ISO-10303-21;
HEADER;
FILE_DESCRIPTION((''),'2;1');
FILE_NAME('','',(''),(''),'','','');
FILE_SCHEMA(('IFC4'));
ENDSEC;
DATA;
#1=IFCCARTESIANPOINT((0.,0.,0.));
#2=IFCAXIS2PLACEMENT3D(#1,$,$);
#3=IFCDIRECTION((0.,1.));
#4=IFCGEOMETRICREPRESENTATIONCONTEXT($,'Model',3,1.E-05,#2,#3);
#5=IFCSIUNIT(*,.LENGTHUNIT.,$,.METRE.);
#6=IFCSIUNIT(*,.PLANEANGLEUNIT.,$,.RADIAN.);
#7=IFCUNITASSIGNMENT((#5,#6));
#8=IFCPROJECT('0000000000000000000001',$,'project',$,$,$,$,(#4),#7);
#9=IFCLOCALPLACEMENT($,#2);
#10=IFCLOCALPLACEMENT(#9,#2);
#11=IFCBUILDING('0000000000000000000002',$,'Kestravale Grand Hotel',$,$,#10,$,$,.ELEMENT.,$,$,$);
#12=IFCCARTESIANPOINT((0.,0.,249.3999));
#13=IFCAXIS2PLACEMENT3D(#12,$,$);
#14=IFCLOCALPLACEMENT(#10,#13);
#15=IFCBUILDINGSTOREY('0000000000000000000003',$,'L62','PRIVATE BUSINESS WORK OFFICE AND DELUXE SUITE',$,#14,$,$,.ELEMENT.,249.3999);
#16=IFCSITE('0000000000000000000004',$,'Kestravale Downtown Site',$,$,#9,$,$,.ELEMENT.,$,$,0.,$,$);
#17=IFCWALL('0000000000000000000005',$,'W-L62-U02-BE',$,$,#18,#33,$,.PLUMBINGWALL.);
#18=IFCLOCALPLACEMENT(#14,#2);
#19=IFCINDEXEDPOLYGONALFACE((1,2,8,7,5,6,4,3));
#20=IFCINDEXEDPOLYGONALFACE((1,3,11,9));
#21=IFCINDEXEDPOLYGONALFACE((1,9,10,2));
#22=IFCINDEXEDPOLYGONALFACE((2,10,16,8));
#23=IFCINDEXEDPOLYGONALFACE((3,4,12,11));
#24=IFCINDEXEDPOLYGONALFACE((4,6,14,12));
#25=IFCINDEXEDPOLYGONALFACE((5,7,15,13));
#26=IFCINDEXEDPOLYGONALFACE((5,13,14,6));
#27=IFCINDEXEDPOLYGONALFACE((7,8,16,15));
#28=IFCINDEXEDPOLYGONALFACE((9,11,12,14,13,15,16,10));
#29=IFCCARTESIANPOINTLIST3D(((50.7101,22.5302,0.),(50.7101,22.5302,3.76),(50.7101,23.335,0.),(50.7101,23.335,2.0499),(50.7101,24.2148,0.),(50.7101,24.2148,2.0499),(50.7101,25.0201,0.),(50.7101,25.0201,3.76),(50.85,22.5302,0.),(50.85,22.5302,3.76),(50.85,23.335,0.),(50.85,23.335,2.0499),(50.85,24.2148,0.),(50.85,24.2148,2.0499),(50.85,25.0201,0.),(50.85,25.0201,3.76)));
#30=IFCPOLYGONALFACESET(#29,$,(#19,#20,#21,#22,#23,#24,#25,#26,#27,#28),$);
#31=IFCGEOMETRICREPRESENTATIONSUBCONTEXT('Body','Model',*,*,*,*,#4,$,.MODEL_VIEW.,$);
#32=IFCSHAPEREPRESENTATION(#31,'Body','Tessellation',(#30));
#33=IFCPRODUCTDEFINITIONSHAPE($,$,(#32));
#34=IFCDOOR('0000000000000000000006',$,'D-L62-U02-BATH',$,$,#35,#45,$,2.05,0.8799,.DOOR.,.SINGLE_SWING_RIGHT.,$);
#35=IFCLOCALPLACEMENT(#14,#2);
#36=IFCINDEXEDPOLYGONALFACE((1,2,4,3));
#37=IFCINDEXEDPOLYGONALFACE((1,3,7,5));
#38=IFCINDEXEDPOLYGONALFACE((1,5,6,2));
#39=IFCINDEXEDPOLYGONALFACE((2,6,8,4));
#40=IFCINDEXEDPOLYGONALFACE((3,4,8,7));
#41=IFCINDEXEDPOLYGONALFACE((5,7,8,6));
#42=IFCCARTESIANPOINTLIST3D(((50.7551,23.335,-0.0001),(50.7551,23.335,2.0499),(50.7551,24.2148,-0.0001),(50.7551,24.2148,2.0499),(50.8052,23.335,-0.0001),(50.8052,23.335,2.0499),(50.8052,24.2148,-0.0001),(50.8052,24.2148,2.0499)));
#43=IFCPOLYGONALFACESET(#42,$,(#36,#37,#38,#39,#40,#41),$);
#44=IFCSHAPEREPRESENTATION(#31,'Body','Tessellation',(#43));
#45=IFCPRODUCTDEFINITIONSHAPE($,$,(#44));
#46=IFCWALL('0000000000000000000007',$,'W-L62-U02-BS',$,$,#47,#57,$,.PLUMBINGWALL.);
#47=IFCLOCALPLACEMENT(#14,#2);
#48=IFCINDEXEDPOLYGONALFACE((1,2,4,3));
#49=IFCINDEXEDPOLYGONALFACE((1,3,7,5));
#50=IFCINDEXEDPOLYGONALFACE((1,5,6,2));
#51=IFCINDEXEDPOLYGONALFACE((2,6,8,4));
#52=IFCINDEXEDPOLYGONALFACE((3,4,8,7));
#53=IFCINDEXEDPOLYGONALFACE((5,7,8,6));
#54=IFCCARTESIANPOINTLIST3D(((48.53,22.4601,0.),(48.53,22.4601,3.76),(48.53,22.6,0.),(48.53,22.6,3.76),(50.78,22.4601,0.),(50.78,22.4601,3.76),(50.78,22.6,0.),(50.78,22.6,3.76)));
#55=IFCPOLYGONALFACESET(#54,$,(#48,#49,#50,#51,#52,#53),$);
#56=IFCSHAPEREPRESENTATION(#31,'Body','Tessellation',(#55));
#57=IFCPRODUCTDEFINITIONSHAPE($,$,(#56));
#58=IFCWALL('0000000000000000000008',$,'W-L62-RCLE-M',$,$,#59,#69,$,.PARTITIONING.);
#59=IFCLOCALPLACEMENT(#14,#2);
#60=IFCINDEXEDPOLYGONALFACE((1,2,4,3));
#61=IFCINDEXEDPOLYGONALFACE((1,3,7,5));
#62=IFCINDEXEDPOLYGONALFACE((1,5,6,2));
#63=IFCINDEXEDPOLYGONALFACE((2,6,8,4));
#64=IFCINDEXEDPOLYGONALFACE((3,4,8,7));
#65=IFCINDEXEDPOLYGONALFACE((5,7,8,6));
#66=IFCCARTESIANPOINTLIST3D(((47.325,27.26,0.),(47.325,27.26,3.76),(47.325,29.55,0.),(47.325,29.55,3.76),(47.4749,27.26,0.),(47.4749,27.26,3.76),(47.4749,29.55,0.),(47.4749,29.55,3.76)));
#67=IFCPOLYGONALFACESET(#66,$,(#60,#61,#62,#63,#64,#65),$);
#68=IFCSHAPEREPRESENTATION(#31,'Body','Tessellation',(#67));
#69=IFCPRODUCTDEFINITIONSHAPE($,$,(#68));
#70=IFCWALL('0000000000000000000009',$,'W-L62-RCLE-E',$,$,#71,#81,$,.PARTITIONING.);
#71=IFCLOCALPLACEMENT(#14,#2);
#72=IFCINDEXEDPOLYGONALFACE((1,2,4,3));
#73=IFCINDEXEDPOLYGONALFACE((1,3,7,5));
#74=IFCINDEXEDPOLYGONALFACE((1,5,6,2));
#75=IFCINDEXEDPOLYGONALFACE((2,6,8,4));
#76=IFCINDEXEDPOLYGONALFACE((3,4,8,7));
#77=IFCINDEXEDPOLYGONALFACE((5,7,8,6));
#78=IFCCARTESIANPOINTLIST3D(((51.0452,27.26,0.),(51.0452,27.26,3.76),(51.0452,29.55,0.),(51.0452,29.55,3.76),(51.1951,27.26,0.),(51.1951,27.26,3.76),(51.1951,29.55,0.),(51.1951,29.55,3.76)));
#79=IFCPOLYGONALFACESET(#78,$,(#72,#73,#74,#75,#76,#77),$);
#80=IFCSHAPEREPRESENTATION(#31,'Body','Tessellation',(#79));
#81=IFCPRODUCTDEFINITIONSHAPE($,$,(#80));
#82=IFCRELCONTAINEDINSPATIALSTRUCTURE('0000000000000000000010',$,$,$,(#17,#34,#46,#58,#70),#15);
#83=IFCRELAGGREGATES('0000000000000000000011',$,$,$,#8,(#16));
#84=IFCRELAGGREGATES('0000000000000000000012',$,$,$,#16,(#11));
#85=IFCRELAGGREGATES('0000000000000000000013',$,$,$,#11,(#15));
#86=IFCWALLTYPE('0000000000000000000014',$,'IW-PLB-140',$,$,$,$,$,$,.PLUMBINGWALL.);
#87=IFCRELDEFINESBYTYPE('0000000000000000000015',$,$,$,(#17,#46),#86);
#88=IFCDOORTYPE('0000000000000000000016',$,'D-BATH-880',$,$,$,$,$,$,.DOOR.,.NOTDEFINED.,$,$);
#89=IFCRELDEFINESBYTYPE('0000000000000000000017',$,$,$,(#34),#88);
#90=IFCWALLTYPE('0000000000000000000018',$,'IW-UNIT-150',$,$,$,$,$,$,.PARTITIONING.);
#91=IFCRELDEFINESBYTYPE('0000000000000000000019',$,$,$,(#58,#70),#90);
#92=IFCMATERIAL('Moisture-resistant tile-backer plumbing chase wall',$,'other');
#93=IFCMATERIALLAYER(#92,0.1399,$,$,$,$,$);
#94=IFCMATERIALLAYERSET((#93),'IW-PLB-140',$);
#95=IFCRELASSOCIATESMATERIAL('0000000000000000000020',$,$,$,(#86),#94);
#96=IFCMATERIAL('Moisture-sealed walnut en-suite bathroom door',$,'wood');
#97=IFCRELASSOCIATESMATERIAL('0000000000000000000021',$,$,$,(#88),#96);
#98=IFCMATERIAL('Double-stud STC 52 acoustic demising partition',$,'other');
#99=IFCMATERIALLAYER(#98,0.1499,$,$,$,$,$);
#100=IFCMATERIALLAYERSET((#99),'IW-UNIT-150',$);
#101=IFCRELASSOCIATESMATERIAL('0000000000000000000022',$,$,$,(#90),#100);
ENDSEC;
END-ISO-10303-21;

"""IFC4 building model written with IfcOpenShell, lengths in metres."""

from ifc_helpers import new_model, si_unit, direction, frame, frame_2d, origin, place, context, subcontext, project, spatial, rectangle, extrude, material, layer, layer_set, type_object, element, fill, save


model = new_model("IFC4")

# Units and contexts
model_context = context("Model", 3, precision=1e-05, world=origin(), true_north=direction((0.0, 1.0)))
body_context = subcontext(model_context, "Body", "Model", "MODEL_VIEW")
ifc_project = project(units=[si_unit("LENGTHUNIT", "METRE"), si_unit("PLANEANGLEUNIT", "RADIAN")], contexts=[model_context])

# Site, building, storey
site_placement = place(None, origin())
site = spatial("IfcSite", under=ifc_project, at=site_placement, Name="Kestravale Downtown Site", CompositionType="ELEMENT", RefElevation=0.0)
building_placement = place(site_placement, origin())
building = spatial("IfcBuilding", under=site, at=building_placement, Name="Kestravale Grand Hotel", CompositionType="ELEMENT")
storey_placement = place(building_placement, frame((0.0, 0.0, 249.3999)))
storey = spatial("IfcBuildingStorey", under=building, at=storey_placement, Name="L62", Description="PRIVATE BUSINESS WORK OFFICE AND DELUXE SUITE", CompositionType="ELEMENT", Elevation=249.3999)

# Shared definitions
ifc_material_1 = material(Name="Moisture-resistant tile-backer plumbing chase wall", Category="other")
ifc_layer_1 = layer(ifc_material_1, 0.1399)
ifc_layer_set_1 = layer_set([ifc_layer_1], Name="IW-PLB-140")
wall_type_1 = type_object("IfcWallType", Name="IW-PLB-140", PredefinedType="PLUMBINGWALL", material=ifc_layer_set_1)
ifc_material_2 = material(Name="Moisture-sealed walnut en-suite bathroom door", Category="wood")
door_type_1 = type_object("IfcDoorType", Name="D-BATH-880", OperationType="NOTDEFINED", PredefinedType="DOOR", material=ifc_material_2)

# Wall, opening, door
wall_1_placement = place(storey_placement, frame((50.78, 22.53, 0.0), z_axis=(0.0, 0.0, 1.0), x_axis=(0.0, 1.0, 0.0)))
wall_1 = element("IfcWall", 1, at=wall_1_placement, inside=storey, type_object=wall_type_1, Name="W-L62-U02-BE", PredefinedType="PLUMBINGWALL", context=body_context, shape_type="SweptSolid", body=[
    extrude(rectangle(XDim=2.49, YDim=0.1399, at=frame_2d((1.2451, 0.0))), origin(), (0.0, 0.0, 1.0), 3.76),
])
opening_1_placement = place(wall_1_placement, frame((0.8049, 0.0, 0.0)))
opening_1 = element("IfcOpeningElement", 2, at=opening_1_placement, cuts=wall_1, PredefinedType="OPENING", context=body_context, shape_type="SweptSolid", body=[
    extrude(rectangle(XDim=0.8799, YDim=2.05, at=frame_2d((0.4399, 1.0249))), frame((0.0, 0.0798, 0.0), z_axis=(0.0, -1.0, 0.0), x_axis=(1.0, 0.0, 0.0)), (0.0, 0.0, 1.0), 0.1599),
])
door_1_placement = place(opening_1_placement, origin())
door_1 = element("IfcDoor", 3, at=door_1_placement, inside=storey, type_object=door_type_1, Name="D-L62-U02-BATH", OperationType="SINGLE_SWING_RIGHT", OverallHeight=2.05, OverallWidth=0.8799, PredefinedType="DOOR", context=body_context, shape_type="SweptSolid", body=[
    extrude(rectangle(XDim=0.8799, YDim=2.05, at=frame_2d((0.4399, 1.0249))), frame((0.0, 0.0249, 0.0), z_axis=(0.0, -1.0, 0.0), x_axis=(1.0, 0.0, 0.0)), (0.0, 0.0, 1.0), 0.05),
])
fill(opening_1, door_1)

# Walls
wall_2_placement = place(storey_placement, frame((48.53, 22.53, 0.0), z_axis=(0.0, 0.0, 1.0), x_axis=(1.0, 0.0, 0.0)))
element("IfcWall", 4, at=wall_2_placement, inside=storey, type_object=wall_type_1, Name="W-L62-U02-BS", PredefinedType="PLUMBINGWALL", context=body_context, shape_type="SweptSolid", body=[
    extrude(rectangle(XDim=2.25, YDim=0.1399, at=frame_2d((1.125, 0.0))), origin(), (0.0, 0.0, 1.0), 3.76),
])
ifc_material_3 = material(Name="Double-stud STC 52 acoustic demising partition", Category="other")
ifc_layer_2 = layer(ifc_material_3, 0.1499)
ifc_layer_set_2 = layer_set([ifc_layer_2], Name="IW-UNIT-150")
wall_type_2 = type_object("IfcWallType", Name="IW-UNIT-150", PredefinedType="PARTITIONING", material=ifc_layer_set_2)
for number, where, z_axis, x_axis, name in (
    (5, (47.3999, 27.26, 0.0), (0.0, 0.0, 1.0), (0.0, 1.0, 0.0), "W-L62-RCLE-M"),
    (6, (51.1201, 27.26, 0.0), (0.0, 0.0, 1.0), (0.0, 1.0, 0.0), "W-L62-RCLE-E"),
):
    element("IfcWall", number, at=place(storey_placement, frame(where, z_axis=z_axis, x_axis=x_axis)), inside=storey, type_object=wall_type_2, Name=name, PredefinedType="PARTITIONING", context=body_context, shape_type="SweptSolid", body=[
        extrude(rectangle(XDim=2.29, YDim=0.1499, at=frame_2d((1.145, 0.0))), origin(), (0.0, 0.0, 1.0), 3.76),
    ])

save(model, "model.ifc")
